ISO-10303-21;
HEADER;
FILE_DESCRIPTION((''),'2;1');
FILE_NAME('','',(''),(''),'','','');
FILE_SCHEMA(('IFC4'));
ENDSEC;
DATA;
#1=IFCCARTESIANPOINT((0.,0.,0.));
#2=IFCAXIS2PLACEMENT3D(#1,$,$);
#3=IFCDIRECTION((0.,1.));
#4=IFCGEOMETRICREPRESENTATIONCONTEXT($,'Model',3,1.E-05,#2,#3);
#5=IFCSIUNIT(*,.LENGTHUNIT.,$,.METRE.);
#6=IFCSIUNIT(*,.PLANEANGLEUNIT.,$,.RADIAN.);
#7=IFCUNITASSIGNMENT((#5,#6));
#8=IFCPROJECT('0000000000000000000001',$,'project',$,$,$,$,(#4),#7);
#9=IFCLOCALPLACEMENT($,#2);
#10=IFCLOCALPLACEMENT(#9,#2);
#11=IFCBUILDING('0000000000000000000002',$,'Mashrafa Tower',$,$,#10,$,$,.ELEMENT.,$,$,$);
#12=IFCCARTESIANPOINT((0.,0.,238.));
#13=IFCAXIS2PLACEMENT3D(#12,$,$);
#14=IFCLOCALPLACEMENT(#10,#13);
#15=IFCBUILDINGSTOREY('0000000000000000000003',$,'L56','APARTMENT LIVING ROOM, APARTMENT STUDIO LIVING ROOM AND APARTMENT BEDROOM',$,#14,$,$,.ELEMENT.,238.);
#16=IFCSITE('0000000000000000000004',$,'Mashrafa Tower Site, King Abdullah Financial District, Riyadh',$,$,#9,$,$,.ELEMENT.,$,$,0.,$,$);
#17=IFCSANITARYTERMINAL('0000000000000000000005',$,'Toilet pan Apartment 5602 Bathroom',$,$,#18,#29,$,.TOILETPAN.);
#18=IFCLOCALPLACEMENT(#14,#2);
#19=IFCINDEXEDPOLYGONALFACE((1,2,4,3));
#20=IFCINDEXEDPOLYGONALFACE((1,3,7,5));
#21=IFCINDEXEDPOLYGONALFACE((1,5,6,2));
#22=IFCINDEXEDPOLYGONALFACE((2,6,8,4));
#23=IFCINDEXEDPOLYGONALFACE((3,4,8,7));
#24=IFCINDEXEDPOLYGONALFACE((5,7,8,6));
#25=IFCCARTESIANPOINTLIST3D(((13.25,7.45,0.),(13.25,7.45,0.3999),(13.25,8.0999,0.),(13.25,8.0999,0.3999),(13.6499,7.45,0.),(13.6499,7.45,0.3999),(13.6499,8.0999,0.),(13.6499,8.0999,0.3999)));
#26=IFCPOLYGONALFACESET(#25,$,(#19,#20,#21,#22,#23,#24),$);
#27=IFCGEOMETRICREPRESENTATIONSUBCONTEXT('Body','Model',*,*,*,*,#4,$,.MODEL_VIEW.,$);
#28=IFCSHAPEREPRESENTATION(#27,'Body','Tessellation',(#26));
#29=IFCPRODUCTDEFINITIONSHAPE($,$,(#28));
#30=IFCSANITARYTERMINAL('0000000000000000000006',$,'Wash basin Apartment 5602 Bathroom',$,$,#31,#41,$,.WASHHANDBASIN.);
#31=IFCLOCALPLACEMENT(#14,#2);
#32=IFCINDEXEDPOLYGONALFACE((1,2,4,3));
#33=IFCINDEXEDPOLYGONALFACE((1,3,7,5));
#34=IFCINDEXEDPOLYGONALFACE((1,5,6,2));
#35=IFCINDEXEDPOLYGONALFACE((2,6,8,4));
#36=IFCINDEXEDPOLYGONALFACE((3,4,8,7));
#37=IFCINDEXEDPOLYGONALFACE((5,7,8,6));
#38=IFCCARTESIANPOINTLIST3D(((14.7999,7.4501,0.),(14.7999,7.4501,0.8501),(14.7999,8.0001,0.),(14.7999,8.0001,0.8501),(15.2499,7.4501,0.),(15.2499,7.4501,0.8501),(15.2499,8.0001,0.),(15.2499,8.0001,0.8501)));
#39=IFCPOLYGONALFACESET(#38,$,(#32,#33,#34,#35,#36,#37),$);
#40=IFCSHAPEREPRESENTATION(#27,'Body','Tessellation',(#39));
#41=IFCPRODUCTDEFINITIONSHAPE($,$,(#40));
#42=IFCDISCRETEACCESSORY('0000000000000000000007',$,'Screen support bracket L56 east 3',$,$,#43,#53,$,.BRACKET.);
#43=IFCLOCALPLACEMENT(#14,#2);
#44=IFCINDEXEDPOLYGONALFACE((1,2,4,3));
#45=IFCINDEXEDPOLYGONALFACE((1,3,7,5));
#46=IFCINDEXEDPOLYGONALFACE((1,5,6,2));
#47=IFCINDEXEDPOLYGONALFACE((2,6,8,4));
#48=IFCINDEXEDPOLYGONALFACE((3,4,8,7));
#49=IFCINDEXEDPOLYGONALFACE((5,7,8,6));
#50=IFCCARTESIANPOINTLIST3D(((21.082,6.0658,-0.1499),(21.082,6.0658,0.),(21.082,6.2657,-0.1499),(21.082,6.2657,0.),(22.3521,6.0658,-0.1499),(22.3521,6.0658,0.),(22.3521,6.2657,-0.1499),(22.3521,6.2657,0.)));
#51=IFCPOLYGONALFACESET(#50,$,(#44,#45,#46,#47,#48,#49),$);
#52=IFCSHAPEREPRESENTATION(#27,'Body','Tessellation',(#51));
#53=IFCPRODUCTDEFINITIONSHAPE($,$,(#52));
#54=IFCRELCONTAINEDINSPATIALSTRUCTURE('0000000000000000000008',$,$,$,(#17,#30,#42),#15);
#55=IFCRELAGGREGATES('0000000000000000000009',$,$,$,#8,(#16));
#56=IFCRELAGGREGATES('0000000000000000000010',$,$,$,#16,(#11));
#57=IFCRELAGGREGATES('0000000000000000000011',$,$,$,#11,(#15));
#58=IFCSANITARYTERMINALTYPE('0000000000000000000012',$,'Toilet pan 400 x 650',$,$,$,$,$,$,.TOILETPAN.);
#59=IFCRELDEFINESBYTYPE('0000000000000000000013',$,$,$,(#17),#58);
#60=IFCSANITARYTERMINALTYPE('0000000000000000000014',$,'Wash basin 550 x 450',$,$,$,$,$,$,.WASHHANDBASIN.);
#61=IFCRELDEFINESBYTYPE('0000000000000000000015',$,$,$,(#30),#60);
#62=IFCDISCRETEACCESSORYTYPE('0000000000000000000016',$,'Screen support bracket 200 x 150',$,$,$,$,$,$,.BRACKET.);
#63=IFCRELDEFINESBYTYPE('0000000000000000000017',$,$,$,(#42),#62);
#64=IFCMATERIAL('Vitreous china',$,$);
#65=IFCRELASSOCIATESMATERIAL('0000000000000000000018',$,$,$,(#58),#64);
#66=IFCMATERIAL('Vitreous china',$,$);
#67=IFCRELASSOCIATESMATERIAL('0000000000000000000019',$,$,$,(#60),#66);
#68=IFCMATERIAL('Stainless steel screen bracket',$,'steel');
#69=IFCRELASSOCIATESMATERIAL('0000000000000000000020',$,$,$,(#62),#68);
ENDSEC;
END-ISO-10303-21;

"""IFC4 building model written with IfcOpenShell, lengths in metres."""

from ifc_helpers import new_model, si_unit, direction, frame, origin, origin_2d, place, context, subcontext, project, spatial, rectangle, extrude, source, transform, mapped, material, type_object, type_shapes, element, save


model = new_model("IFC4")

# Units and contexts
model_context = context("Model", 3, precision=1e-05, world=origin(), true_north=direction((0.0, 1.0)))
body_context = subcontext(model_context, "Body", "Model", "MODEL_VIEW")
ifc_project = project(units=[si_unit("LENGTHUNIT", "METRE"), si_unit("PLANEANGLEUNIT", "RADIAN")], contexts=[model_context])

# Site, building, storey
site_placement = place(None, origin())
site = spatial("IfcSite", under=ifc_project, at=site_placement, Name="Mashrafa Tower Site, King Abdullah Financial District, Riyadh", CompositionType="ELEMENT", RefElevation=0.0)
building_placement = place(site_placement, origin())
building = spatial("IfcBuilding", under=site, at=building_placement, Name="Mashrafa Tower", CompositionType="ELEMENT")
storey_placement = place(building_placement, frame((0.0, 0.0, 238.0)))
storey = spatial("IfcBuildingStorey", under=building, at=storey_placement, Name="L56", Description="APARTMENT LIVING ROOM, APARTMENT STUDIO LIVING ROOM AND APARTMENT BEDROOM", CompositionType="ELEMENT", Elevation=238.0)

# Sanitary terminals
ifc_material_1 = material(Name="Vitreous china")
sanitary_terminal_type_1 = type_object("IfcSanitaryTerminalType", Name="Toilet pan 400 x 650", PredefinedType="TOILETPAN", material=ifc_material_1)
sanitary_terminal_1_placement = place(storey_placement, frame((13.45, 7.7749, 0.0), z_axis=(0.0, 0.0, 1.0), x_axis=(1.0, 0.0, 0.0)))
element("IfcSanitaryTerminal", 1, at=sanitary_terminal_1_placement, inside=storey, type_object=sanitary_terminal_type_1, Name="Toilet pan Apartment 5602 Bathroom", PredefinedType="TOILETPAN", context=body_context, shape_type="SweptSolid", body=[
    extrude(rectangle(XDim=0.3999, YDim=0.6499, at=origin_2d()), origin(), (0.0, 0.0, 1.0), 0.3999),
])
ifc_material_2 = material(Name="Vitreous china")
sanitary_terminal_type_2 = type_object("IfcSanitaryTerminalType", Name="Wash basin 550 x 450", PredefinedType="WASHHANDBASIN", material=ifc_material_2)
sanitary_terminal_2_placement = place(storey_placement, frame((15.0249, 7.7251, 0.0), z_axis=(0.0, 0.0, 1.0), x_axis=(0.0, 1.0, 0.0)))
element("IfcSanitaryTerminal", 2, at=sanitary_terminal_2_placement, inside=storey, type_object=sanitary_terminal_type_2, Name="Wash basin Apartment 5602 Bathroom", PredefinedType="WASHHANDBASIN", context=body_context, shape_type="SweptSolid", body=[
    extrude(rectangle(XDim=0.55, YDim=0.45, at=origin_2d()), origin(), (0.0, 0.0, 1.0), 0.8501),
])

# Discrete accessory
ifc_material_3 = material(Name="Stainless steel screen bracket", Category="steel")
discrete_accessory_type = type_object("IfcDiscreteAccessoryType", Name="Screen support bracket 200 x 150", PredefinedType="BRACKET", material=ifc_material_3)
shared_shape_1 = source(origin(), body_context, "Body", "SweptSolid", [
    extrude(rectangle(XDim=0.2, YDim=1.27, at=origin_2d()), origin(), (0.0, 0.0, 1.0), 0.1499),
])
type_shapes(discrete_accessory_type, [shared_shape_1])
discrete_accessory_placement = place(storey_placement, frame((21.717, 6.1658, -0.1499), z_axis=(0.0, 0.0, 1.0), x_axis=(0.0, 1.0, 0.0)))
element("IfcDiscreteAccessory", 3, at=discrete_accessory_placement, inside=storey, type_object=discrete_accessory_type, Name="Screen support bracket L56 east 3", PredefinedType="BRACKET", context=body_context, shape_type="MappedRepresentation", body=[
    mapped(shared_shape_1, transform((0.0, 0.0, 0.0))),
])

save(model, "model.ifc")
